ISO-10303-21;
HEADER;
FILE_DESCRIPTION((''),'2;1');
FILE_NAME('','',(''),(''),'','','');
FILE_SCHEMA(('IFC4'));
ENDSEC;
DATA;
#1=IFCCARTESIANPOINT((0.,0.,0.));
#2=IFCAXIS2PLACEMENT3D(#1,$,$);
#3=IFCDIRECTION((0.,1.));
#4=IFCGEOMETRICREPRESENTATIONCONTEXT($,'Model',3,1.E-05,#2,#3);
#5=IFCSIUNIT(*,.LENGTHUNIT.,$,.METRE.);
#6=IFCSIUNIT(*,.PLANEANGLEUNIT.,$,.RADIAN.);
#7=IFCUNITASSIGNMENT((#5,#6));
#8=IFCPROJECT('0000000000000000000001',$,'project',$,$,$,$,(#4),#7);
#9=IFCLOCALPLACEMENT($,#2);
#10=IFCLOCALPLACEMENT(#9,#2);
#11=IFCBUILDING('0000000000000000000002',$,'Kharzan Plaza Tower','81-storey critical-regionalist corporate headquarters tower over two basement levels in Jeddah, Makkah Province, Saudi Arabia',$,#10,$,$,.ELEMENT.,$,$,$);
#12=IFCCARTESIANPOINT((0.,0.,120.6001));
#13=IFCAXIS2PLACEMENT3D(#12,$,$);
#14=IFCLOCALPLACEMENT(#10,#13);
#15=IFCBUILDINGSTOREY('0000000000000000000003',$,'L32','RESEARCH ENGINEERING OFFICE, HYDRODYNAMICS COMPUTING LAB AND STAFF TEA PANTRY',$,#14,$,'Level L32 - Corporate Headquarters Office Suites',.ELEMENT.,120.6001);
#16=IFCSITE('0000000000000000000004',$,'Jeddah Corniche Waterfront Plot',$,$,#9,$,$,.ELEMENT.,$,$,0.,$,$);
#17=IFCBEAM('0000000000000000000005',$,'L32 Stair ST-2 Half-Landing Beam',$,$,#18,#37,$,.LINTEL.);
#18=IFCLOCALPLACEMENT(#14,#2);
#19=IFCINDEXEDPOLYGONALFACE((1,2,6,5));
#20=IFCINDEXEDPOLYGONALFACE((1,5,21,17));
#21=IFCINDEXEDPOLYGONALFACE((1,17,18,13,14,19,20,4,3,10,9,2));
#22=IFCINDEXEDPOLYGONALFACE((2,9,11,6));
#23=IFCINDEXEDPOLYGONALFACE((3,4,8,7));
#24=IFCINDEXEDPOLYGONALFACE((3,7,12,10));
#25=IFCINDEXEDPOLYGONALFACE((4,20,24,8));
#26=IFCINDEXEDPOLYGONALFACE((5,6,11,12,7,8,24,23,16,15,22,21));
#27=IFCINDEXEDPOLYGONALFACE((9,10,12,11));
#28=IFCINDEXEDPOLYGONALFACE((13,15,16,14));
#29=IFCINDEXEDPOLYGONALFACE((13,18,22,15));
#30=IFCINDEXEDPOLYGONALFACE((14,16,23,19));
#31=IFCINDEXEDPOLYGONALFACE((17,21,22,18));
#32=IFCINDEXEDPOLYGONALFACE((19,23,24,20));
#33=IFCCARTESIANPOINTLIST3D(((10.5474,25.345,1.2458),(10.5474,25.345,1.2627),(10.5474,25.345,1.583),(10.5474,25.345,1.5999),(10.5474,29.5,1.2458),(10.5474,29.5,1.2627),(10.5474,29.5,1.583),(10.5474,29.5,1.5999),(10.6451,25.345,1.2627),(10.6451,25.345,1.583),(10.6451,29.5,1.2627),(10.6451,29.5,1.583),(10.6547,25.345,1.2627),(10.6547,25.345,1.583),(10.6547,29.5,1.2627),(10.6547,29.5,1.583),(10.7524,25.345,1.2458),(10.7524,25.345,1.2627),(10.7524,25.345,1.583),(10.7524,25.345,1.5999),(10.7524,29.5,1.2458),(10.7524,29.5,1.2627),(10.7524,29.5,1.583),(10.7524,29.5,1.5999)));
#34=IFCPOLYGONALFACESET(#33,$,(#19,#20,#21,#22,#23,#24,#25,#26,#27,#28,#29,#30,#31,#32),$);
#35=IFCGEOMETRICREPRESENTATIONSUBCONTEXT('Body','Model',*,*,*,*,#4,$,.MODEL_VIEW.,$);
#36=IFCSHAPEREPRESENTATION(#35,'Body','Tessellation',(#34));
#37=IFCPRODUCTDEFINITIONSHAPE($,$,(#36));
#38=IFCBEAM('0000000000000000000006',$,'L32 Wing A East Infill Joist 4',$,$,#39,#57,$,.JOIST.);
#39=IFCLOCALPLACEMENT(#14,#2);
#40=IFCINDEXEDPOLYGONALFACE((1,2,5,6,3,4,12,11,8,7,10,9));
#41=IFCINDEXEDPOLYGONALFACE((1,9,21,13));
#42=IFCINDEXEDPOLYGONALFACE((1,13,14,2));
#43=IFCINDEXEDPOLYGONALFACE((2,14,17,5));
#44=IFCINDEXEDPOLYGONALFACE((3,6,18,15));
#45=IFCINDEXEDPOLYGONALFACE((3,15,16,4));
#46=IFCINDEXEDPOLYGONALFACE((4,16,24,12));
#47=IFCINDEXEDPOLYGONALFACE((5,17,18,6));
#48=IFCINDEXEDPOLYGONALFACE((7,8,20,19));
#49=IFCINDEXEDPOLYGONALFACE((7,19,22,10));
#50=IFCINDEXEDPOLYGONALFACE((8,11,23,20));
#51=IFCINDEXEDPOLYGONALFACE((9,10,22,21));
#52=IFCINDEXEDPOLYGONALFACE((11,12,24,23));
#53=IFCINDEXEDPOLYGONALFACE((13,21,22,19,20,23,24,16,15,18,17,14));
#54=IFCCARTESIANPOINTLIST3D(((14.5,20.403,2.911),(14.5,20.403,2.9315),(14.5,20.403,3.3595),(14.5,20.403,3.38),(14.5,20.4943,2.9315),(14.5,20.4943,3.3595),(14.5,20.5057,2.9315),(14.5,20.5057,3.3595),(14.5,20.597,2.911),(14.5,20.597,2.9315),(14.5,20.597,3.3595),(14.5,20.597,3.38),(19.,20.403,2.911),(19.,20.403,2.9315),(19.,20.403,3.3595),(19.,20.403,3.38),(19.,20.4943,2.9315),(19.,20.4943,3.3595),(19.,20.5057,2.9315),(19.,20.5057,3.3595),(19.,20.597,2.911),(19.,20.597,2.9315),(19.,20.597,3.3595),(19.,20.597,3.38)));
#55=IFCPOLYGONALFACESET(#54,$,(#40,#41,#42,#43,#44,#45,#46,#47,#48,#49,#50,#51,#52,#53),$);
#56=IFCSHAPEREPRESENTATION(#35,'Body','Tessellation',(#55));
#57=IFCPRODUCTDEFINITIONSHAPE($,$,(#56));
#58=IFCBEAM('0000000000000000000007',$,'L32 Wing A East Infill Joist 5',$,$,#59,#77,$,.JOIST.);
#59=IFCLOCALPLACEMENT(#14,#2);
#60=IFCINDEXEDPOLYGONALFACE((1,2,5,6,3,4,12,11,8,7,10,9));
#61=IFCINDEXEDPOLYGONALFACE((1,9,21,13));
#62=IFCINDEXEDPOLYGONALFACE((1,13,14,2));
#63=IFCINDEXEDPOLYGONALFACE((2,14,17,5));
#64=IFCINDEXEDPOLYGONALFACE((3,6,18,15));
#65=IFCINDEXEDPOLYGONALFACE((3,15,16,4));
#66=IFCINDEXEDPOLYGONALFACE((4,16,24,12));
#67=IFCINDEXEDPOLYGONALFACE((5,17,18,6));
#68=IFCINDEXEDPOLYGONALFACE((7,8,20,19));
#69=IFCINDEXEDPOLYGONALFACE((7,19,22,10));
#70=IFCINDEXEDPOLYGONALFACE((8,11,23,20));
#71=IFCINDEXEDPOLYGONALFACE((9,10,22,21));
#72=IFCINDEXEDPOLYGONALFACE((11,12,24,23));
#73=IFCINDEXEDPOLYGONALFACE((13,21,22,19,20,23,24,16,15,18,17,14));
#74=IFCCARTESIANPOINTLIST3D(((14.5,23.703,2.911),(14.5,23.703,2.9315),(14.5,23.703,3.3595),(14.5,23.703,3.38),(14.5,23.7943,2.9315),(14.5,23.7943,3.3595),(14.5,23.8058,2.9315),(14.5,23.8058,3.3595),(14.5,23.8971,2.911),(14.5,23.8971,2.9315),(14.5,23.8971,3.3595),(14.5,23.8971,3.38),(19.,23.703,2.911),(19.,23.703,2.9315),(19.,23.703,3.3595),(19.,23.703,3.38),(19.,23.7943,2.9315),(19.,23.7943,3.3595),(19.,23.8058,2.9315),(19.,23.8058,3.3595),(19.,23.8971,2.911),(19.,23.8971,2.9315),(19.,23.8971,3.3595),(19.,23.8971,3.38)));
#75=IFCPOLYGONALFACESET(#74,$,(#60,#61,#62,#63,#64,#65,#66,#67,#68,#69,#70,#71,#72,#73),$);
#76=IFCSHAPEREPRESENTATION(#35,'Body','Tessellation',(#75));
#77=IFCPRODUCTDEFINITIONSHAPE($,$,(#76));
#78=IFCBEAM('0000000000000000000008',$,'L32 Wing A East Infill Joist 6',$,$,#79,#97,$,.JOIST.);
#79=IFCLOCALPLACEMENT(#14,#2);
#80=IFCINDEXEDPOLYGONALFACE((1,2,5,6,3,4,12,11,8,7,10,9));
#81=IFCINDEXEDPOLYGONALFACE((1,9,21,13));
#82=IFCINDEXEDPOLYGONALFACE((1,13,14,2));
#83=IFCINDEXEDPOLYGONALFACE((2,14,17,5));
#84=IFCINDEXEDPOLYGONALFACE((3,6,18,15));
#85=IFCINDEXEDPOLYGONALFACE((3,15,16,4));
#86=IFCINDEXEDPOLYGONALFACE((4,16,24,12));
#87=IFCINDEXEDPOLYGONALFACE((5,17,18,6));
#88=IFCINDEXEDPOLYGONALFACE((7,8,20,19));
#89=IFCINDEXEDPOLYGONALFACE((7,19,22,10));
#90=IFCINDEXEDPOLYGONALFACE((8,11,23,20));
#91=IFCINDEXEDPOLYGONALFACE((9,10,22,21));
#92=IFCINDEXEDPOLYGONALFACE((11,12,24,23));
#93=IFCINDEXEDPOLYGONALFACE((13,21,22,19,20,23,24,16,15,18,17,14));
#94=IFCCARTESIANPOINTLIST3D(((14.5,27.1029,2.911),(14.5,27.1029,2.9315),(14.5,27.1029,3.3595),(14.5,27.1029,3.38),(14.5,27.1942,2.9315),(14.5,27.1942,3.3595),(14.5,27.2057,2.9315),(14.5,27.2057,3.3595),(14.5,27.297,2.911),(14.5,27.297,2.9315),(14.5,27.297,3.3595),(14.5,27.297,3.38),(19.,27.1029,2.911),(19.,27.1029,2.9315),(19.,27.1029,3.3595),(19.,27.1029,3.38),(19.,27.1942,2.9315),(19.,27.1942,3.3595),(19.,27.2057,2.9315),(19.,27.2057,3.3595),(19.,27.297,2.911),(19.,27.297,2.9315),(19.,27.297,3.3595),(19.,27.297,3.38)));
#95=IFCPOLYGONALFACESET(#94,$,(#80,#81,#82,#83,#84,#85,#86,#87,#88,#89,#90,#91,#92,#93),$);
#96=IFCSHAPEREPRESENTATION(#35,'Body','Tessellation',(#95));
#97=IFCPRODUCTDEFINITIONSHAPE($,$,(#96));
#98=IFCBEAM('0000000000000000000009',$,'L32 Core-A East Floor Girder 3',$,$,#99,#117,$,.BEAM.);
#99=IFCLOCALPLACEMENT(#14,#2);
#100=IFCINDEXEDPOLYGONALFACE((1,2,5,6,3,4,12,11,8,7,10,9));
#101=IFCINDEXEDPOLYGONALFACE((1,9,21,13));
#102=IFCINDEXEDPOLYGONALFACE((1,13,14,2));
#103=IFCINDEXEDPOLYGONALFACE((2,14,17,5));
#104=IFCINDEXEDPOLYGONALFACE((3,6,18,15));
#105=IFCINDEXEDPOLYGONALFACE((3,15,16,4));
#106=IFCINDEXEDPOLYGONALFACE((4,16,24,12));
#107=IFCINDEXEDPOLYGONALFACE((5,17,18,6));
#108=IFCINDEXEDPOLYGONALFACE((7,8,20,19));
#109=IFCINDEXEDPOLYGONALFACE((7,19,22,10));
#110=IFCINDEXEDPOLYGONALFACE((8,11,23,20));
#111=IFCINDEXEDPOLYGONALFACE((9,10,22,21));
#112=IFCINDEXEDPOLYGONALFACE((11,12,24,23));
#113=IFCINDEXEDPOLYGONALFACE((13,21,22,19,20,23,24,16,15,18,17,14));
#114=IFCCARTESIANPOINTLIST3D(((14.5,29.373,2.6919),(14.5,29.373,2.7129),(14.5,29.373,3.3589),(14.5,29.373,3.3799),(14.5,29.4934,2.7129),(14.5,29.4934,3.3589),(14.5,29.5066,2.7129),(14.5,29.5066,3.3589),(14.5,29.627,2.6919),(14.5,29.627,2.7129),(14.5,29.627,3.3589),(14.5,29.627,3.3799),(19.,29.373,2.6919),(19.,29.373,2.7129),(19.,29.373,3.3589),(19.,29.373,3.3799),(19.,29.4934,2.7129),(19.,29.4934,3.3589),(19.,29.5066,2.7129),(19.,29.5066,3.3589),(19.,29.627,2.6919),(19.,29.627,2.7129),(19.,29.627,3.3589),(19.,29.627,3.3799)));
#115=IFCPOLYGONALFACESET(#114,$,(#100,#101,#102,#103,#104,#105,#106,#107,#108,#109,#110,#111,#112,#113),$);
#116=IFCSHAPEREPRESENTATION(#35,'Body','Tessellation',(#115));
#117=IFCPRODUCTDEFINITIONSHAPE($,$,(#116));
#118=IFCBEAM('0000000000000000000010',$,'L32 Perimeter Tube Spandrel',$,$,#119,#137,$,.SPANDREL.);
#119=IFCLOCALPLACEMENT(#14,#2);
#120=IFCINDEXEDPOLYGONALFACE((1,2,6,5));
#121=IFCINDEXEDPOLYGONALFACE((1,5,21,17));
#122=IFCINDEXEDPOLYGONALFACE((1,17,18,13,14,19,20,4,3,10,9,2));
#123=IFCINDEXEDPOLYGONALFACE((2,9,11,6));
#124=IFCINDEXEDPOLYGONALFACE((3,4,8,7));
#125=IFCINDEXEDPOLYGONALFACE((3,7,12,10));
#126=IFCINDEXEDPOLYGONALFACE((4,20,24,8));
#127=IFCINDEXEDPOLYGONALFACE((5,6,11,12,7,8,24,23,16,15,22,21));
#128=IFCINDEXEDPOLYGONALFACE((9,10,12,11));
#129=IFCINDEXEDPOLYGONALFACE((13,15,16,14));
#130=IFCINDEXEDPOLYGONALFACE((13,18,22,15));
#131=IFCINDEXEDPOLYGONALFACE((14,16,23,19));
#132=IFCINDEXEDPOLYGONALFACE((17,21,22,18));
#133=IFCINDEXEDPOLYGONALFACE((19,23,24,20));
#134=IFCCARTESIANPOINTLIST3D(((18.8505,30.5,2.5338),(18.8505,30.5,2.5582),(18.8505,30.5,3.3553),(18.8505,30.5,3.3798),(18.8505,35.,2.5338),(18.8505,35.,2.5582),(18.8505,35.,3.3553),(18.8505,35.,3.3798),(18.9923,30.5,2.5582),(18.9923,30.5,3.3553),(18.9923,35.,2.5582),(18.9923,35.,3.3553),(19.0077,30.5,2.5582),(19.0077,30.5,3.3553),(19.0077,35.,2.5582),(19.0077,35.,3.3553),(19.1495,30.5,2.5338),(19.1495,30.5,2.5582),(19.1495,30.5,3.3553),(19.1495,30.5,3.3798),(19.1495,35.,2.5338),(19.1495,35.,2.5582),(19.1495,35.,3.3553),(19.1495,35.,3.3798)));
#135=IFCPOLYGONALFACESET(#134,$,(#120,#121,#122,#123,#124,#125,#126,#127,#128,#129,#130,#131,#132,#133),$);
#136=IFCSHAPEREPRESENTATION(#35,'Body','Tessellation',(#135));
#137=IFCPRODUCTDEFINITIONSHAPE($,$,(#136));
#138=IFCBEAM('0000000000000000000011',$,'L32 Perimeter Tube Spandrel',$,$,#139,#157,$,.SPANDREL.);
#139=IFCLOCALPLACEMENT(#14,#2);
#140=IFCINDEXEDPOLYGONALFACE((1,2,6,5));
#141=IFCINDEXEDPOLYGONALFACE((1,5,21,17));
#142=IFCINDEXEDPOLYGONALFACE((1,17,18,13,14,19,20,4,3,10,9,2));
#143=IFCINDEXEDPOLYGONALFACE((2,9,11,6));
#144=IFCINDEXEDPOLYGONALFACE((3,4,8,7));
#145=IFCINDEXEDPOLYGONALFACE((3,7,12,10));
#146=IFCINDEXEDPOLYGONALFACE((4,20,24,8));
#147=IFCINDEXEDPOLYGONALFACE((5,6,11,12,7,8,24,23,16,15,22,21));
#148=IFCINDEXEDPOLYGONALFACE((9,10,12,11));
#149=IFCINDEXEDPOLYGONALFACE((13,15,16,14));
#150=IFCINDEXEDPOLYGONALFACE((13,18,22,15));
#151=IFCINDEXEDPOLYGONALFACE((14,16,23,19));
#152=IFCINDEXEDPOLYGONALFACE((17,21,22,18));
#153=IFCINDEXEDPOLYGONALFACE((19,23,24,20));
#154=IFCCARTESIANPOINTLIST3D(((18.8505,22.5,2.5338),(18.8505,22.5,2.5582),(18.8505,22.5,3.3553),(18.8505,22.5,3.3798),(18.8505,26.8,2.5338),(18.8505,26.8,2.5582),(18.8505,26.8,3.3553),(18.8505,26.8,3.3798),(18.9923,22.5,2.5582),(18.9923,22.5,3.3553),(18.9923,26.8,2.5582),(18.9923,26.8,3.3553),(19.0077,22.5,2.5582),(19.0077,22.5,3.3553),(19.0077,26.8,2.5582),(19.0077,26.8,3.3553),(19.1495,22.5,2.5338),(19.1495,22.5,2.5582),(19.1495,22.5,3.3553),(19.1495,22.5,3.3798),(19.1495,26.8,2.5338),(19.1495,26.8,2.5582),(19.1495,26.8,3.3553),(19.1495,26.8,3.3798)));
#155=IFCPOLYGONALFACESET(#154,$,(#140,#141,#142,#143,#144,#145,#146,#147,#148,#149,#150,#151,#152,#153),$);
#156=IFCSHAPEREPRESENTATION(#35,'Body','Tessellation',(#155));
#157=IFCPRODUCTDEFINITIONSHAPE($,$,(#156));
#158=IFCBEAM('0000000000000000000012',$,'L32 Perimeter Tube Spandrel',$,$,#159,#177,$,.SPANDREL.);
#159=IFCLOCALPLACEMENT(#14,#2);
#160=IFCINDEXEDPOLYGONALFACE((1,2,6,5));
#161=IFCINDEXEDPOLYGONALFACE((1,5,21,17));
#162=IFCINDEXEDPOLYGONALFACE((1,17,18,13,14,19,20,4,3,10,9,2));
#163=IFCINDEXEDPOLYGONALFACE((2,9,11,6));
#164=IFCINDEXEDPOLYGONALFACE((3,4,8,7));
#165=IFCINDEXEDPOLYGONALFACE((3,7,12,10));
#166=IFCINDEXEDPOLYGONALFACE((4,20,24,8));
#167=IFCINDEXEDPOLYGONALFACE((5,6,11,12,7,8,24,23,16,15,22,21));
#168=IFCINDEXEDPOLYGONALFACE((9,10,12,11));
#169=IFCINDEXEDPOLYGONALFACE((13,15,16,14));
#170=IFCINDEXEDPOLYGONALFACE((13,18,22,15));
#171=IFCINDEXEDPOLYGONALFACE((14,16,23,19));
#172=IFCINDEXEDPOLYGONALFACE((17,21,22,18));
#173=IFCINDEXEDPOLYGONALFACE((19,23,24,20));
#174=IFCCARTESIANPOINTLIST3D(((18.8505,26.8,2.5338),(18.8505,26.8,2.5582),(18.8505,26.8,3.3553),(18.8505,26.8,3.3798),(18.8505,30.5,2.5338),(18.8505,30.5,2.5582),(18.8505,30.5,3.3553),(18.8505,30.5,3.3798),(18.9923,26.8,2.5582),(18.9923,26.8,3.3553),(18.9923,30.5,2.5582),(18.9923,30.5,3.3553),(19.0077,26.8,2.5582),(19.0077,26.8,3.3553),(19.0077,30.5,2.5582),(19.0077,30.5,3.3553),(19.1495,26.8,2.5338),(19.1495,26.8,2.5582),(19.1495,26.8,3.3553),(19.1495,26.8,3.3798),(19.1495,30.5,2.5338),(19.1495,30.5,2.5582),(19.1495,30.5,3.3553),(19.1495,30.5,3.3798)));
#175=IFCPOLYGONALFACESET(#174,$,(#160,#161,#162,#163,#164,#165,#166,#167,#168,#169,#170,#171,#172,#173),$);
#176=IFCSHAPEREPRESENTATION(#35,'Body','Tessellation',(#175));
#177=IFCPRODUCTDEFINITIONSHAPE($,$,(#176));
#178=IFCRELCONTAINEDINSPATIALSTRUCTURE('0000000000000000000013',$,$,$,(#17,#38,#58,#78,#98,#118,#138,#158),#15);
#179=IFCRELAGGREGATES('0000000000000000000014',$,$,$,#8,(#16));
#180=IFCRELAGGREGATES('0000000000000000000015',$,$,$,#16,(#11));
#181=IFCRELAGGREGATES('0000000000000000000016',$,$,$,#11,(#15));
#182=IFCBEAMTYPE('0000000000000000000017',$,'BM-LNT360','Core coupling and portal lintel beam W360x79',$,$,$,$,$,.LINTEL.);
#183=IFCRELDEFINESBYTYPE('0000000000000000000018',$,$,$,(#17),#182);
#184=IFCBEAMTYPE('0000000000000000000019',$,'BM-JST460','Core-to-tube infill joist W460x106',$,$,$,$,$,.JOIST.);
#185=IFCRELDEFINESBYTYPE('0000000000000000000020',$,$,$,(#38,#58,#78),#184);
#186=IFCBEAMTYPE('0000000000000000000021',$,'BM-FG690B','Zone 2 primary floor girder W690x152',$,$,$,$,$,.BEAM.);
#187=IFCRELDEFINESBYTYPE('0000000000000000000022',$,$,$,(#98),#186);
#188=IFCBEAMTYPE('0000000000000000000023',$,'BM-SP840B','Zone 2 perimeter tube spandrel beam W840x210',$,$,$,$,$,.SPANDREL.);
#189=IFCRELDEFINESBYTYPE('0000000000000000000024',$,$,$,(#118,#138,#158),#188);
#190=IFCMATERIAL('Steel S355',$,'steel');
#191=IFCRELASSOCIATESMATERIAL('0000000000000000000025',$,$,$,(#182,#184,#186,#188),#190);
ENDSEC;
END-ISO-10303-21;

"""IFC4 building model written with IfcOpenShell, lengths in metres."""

from ifc_helpers import new_model, si_unit, direction, frame, origin, origin_2d, place, context, subcontext, project, spatial, i_section, extrude, source, transform, mapped, material, material_profile, profile_set, type_object, element, save


model = new_model("IFC4")

# Units and contexts
model_context = context("Model", 3, precision=1e-05, world=origin(), true_north=direction((0.0, 1.0)))
body_context = subcontext(model_context, "Body", "Model", "MODEL_VIEW")
ifc_project = project(units=[si_unit("LENGTHUNIT", "METRE"), si_unit("PLANEANGLEUNIT", "RADIAN")], contexts=[model_context])

# Site, building, storey
site_placement = place(None, origin())
site = spatial("IfcSite", under=ifc_project, at=site_placement, Name="Jeddah Corniche Waterfront Plot", CompositionType="ELEMENT", RefElevation=0.0)
building_placement = place(site_placement, origin())
building = spatial("IfcBuilding", under=site, at=building_placement, Name="Kharzan Plaza Tower", Description="81-storey critical-regionalist corporate headquarters tower over two basement levels in Jeddah, Makkah Province, Saudi Arabia", CompositionType="ELEMENT")
storey_placement = place(building_placement, frame((0.0, 0.0, 120.6001)))
storey = spatial("IfcBuildingStorey", under=building, at=storey_placement, Name="L32", Description="RESEARCH ENGINEERING OFFICE, HYDRODYNAMICS COMPUTING LAB AND STAFF TEA PANTRY", LongName="Level L32 - Corporate Headquarters Office Suites", CompositionType="ELEMENT", Elevation=120.6001)

# Beams
ifc_material_1 = material(Name="Steel S355", Category="steel")
ifc_material_profile_1 = material_profile(ifc_material_1, i_section(OverallWidth=0.2051, OverallDepth=0.354, WebThickness=0.0095, FlangeThickness=0.0168, at=origin_2d()), Name="W360x79")
ifc_profile_set_1 = profile_set([ifc_material_profile_1], Name="Steel S355")
beam_type_1 = type_object("IfcBeamType", Name="BM-LNT360", Description="Core coupling and portal lintel beam W360x79", PredefinedType="LINTEL", material=ifc_profile_set_1)
shared_shape_1 = source(origin(), body_context, "Body", "SweptSolid", [
    extrude(i_section(OverallWidth=0.2051, OverallDepth=0.354, WebThickness=0.0095, FlangeThickness=0.0168, at=origin_2d()), origin(), (0.0, 0.0, 1.0), 4.155),
])
beam_1_placement = place(storey_placement, frame((10.6499, 25.345, 1.4229), z_axis=(0.0, 1.0, 0.0), x_axis=(-1.0, 0.0, 0.0)))
element("IfcBeam", 1, at=beam_1_placement, inside=storey, type_object=beam_type_1, Name="L32 Stair ST-2 Half-Landing Beam", PredefinedType="LINTEL", context=body_context, shape_type="MappedRepresentation", body=[
    mapped(shared_shape_1, transform((0.0, 0.0, 0.0), x_axis=(1.0, 0.0, 0.0), y_axis=(0.0, 1.0, 0.0), z_axis=(0.0, 0.0, 1.0))),
])
ifc_material_profile_2 = material_profile(ifc_material_1, i_section(OverallWidth=0.1941, OverallDepth=0.469, WebThickness=0.0115, FlangeThickness=0.0205, at=origin_2d()), Name="W460x106")
ifc_profile_set_2 = profile_set([ifc_material_profile_2], Name="Steel S355")
beam_type_2 = type_object("IfcBeamType", Name="BM-JST460", Description="Core-to-tube infill joist W460x106", PredefinedType="JOIST", material=ifc_profile_set_2)
shared_shape_2 = source(origin(), body_context, "Body", "SweptSolid", [
    extrude(i_section(OverallWidth=0.1941, OverallDepth=0.469, WebThickness=0.0115, FlangeThickness=0.0205, at=origin_2d()), origin(), (0.0, 0.0, 1.0), 4.5),
])
for number, where, z_axis, x_axis, name in (
    (2, (14.5, 20.5, 3.1455), (1.0, 0.0, 0.0), (0.0, 1.0, 0.0), "L32 Wing A East Infill Joist 4"),
    (3, (14.5, 23.8, 3.1455), (1.0, 0.0, 0.0), (0.0, 1.0, 0.0), "L32 Wing A East Infill Joist 5"),
    (4, (14.5, 27.2, 3.1455), (1.0, 0.0, 0.0), (0.0, 1.0, 0.0), "L32 Wing A East Infill Joist 6"),
):
    element("IfcBeam", number, at=place(storey_placement, frame(where, z_axis=z_axis, x_axis=x_axis)), inside=storey, type_object=beam_type_2, Name=name, PredefinedType="JOIST", context=body_context, shape_type="MappedRepresentation", body=[
        mapped(shared_shape_2, transform((0.0, 0.0, 0.0), x_axis=(1.0, 0.0, 0.0), y_axis=(0.0, 1.0, 0.0), z_axis=(0.0, 0.0, 1.0))),
    ])
ifc_material_profile_3 = material_profile(ifc_material_1, i_section(OverallWidth=0.2539, OverallDepth=0.688, WebThickness=0.0132, FlangeThickness=0.021, at=origin_2d()), Name="W690x152")
ifc_profile_set_3 = profile_set([ifc_material_profile_3], Name="Steel S355")
beam_type_3 = type_object("IfcBeamType", Name="BM-FG690B", Description="Zone 2 primary floor girder W690x152", PredefinedType="BEAM", material=ifc_profile_set_3)
shared_shape_3 = source(origin(), body_context, "Body", "SweptSolid", [
    extrude(i_section(OverallWidth=0.2539, OverallDepth=0.688, WebThickness=0.0132, FlangeThickness=0.021, at=origin_2d()), origin(), (0.0, 0.0, 1.0), 4.5),
])
beam_2_placement = place(storey_placement, frame((14.5, 29.5, 3.0359), z_axis=(1.0, 0.0, 0.0), x_axis=(0.0, 1.0, 0.0)))
element("IfcBeam", 5, at=beam_2_placement, inside=storey, type_object=beam_type_3, Name="L32 Core-A East Floor Girder 3", PredefinedType="BEAM", context=body_context, shape_type="MappedRepresentation", body=[
    mapped(shared_shape_3, transform((0.0, 0.0, 0.0), x_axis=(1.0, 0.0, 0.0), y_axis=(0.0, 1.0, 0.0), z_axis=(0.0, 0.0, 1.0))),
])
ifc_material_profile_4 = material_profile(ifc_material_1, i_section(OverallWidth=0.2991, OverallDepth=0.8459, WebThickness=0.0154, FlangeThickness=0.0244, at=origin_2d()), Name="W840x210")
ifc_profile_set_4 = profile_set([ifc_material_profile_4], Name="Steel S355")
beam_type_4 = type_object("IfcBeamType", Name="BM-SP840B", Description="Zone 2 perimeter tube spandrel beam W840x210", PredefinedType="SPANDREL", material=ifc_profile_set_4)
shared_shape_4 = source(origin(), body_context, "Body", "SweptSolid", [
    extrude(i_section(OverallWidth=0.2991, OverallDepth=0.8459, WebThickness=0.0154, FlangeThickness=0.0244, at=origin_2d()), origin(), (0.0, 0.0, 1.0), 4.5),
])
beam_3_placement = place(storey_placement, frame((19.0, 30.5, 2.9568), z_axis=(0.0, 1.0, 0.0), x_axis=(-1.0, 0.0, 0.0)))
element("IfcBeam", 6, at=beam_3_placement, inside=storey, type_object=beam_type_4, Name="L32 Perimeter Tube Spandrel", PredefinedType="SPANDREL", context=body_context, shape_type="MappedRepresentation", body=[
    mapped(shared_shape_4, transform((0.0, 0.0, 0.0), x_axis=(1.0, 0.0, 0.0), y_axis=(0.0, 1.0, 0.0), z_axis=(0.0, 0.0, 1.0))),
])
shared_shape_5 = source(origin(), body_context, "Body", "SweptSolid", [
    extrude(i_section(OverallWidth=0.2991, OverallDepth=0.8459, WebThickness=0.0154, FlangeThickness=0.0244, at=origin_2d()), origin(), (0.0, 0.0, 1.0), 4.3),
])
beam_4_placement = place(storey_placement, frame((19.0, 22.5, 2.9568), z_axis=(0.0, 1.0, 0.0), x_axis=(-1.0, 0.0, 0.0)))
element("IfcBeam", 7, at=beam_4_placement, inside=storey, type_object=beam_type_4, Name="L32 Perimeter Tube Spandrel", PredefinedType="SPANDREL", context=body_context, shape_type="MappedRepresentation", body=[
    mapped(shared_shape_5, transform((0.0, 0.0, 0.0), x_axis=(1.0, 0.0, 0.0), y_axis=(0.0, 1.0, 0.0), z_axis=(0.0, 0.0, 1.0))),
])
shared_shape_6 = source(origin(), body_context, "Body", "SweptSolid", [
    extrude(i_section(OverallWidth=0.2991, OverallDepth=0.8459, WebThickness=0.0154, FlangeThickness=0.0244, at=origin_2d()), origin(), (0.0, 0.0, 1.0), 3.7),
])
beam_5_placement = place(storey_placement, frame((19.0, 26.8, 2.9568), z_axis=(0.0, 1.0, 0.0), x_axis=(-1.0, 0.0, 0.0)))
element("IfcBeam", 8, at=beam_5_placement, inside=storey, type_object=beam_type_4, Name="L32 Perimeter Tube Spandrel", PredefinedType="SPANDREL", context=body_context, shape_type="MappedRepresentation", body=[
    mapped(shared_shape_6, transform((0.0, 0.0, 0.0), x_axis=(1.0, 0.0, 0.0), y_axis=(0.0, 1.0, 0.0), z_axis=(0.0, 0.0, 1.0))),
])

save(model, "model.ifc")
